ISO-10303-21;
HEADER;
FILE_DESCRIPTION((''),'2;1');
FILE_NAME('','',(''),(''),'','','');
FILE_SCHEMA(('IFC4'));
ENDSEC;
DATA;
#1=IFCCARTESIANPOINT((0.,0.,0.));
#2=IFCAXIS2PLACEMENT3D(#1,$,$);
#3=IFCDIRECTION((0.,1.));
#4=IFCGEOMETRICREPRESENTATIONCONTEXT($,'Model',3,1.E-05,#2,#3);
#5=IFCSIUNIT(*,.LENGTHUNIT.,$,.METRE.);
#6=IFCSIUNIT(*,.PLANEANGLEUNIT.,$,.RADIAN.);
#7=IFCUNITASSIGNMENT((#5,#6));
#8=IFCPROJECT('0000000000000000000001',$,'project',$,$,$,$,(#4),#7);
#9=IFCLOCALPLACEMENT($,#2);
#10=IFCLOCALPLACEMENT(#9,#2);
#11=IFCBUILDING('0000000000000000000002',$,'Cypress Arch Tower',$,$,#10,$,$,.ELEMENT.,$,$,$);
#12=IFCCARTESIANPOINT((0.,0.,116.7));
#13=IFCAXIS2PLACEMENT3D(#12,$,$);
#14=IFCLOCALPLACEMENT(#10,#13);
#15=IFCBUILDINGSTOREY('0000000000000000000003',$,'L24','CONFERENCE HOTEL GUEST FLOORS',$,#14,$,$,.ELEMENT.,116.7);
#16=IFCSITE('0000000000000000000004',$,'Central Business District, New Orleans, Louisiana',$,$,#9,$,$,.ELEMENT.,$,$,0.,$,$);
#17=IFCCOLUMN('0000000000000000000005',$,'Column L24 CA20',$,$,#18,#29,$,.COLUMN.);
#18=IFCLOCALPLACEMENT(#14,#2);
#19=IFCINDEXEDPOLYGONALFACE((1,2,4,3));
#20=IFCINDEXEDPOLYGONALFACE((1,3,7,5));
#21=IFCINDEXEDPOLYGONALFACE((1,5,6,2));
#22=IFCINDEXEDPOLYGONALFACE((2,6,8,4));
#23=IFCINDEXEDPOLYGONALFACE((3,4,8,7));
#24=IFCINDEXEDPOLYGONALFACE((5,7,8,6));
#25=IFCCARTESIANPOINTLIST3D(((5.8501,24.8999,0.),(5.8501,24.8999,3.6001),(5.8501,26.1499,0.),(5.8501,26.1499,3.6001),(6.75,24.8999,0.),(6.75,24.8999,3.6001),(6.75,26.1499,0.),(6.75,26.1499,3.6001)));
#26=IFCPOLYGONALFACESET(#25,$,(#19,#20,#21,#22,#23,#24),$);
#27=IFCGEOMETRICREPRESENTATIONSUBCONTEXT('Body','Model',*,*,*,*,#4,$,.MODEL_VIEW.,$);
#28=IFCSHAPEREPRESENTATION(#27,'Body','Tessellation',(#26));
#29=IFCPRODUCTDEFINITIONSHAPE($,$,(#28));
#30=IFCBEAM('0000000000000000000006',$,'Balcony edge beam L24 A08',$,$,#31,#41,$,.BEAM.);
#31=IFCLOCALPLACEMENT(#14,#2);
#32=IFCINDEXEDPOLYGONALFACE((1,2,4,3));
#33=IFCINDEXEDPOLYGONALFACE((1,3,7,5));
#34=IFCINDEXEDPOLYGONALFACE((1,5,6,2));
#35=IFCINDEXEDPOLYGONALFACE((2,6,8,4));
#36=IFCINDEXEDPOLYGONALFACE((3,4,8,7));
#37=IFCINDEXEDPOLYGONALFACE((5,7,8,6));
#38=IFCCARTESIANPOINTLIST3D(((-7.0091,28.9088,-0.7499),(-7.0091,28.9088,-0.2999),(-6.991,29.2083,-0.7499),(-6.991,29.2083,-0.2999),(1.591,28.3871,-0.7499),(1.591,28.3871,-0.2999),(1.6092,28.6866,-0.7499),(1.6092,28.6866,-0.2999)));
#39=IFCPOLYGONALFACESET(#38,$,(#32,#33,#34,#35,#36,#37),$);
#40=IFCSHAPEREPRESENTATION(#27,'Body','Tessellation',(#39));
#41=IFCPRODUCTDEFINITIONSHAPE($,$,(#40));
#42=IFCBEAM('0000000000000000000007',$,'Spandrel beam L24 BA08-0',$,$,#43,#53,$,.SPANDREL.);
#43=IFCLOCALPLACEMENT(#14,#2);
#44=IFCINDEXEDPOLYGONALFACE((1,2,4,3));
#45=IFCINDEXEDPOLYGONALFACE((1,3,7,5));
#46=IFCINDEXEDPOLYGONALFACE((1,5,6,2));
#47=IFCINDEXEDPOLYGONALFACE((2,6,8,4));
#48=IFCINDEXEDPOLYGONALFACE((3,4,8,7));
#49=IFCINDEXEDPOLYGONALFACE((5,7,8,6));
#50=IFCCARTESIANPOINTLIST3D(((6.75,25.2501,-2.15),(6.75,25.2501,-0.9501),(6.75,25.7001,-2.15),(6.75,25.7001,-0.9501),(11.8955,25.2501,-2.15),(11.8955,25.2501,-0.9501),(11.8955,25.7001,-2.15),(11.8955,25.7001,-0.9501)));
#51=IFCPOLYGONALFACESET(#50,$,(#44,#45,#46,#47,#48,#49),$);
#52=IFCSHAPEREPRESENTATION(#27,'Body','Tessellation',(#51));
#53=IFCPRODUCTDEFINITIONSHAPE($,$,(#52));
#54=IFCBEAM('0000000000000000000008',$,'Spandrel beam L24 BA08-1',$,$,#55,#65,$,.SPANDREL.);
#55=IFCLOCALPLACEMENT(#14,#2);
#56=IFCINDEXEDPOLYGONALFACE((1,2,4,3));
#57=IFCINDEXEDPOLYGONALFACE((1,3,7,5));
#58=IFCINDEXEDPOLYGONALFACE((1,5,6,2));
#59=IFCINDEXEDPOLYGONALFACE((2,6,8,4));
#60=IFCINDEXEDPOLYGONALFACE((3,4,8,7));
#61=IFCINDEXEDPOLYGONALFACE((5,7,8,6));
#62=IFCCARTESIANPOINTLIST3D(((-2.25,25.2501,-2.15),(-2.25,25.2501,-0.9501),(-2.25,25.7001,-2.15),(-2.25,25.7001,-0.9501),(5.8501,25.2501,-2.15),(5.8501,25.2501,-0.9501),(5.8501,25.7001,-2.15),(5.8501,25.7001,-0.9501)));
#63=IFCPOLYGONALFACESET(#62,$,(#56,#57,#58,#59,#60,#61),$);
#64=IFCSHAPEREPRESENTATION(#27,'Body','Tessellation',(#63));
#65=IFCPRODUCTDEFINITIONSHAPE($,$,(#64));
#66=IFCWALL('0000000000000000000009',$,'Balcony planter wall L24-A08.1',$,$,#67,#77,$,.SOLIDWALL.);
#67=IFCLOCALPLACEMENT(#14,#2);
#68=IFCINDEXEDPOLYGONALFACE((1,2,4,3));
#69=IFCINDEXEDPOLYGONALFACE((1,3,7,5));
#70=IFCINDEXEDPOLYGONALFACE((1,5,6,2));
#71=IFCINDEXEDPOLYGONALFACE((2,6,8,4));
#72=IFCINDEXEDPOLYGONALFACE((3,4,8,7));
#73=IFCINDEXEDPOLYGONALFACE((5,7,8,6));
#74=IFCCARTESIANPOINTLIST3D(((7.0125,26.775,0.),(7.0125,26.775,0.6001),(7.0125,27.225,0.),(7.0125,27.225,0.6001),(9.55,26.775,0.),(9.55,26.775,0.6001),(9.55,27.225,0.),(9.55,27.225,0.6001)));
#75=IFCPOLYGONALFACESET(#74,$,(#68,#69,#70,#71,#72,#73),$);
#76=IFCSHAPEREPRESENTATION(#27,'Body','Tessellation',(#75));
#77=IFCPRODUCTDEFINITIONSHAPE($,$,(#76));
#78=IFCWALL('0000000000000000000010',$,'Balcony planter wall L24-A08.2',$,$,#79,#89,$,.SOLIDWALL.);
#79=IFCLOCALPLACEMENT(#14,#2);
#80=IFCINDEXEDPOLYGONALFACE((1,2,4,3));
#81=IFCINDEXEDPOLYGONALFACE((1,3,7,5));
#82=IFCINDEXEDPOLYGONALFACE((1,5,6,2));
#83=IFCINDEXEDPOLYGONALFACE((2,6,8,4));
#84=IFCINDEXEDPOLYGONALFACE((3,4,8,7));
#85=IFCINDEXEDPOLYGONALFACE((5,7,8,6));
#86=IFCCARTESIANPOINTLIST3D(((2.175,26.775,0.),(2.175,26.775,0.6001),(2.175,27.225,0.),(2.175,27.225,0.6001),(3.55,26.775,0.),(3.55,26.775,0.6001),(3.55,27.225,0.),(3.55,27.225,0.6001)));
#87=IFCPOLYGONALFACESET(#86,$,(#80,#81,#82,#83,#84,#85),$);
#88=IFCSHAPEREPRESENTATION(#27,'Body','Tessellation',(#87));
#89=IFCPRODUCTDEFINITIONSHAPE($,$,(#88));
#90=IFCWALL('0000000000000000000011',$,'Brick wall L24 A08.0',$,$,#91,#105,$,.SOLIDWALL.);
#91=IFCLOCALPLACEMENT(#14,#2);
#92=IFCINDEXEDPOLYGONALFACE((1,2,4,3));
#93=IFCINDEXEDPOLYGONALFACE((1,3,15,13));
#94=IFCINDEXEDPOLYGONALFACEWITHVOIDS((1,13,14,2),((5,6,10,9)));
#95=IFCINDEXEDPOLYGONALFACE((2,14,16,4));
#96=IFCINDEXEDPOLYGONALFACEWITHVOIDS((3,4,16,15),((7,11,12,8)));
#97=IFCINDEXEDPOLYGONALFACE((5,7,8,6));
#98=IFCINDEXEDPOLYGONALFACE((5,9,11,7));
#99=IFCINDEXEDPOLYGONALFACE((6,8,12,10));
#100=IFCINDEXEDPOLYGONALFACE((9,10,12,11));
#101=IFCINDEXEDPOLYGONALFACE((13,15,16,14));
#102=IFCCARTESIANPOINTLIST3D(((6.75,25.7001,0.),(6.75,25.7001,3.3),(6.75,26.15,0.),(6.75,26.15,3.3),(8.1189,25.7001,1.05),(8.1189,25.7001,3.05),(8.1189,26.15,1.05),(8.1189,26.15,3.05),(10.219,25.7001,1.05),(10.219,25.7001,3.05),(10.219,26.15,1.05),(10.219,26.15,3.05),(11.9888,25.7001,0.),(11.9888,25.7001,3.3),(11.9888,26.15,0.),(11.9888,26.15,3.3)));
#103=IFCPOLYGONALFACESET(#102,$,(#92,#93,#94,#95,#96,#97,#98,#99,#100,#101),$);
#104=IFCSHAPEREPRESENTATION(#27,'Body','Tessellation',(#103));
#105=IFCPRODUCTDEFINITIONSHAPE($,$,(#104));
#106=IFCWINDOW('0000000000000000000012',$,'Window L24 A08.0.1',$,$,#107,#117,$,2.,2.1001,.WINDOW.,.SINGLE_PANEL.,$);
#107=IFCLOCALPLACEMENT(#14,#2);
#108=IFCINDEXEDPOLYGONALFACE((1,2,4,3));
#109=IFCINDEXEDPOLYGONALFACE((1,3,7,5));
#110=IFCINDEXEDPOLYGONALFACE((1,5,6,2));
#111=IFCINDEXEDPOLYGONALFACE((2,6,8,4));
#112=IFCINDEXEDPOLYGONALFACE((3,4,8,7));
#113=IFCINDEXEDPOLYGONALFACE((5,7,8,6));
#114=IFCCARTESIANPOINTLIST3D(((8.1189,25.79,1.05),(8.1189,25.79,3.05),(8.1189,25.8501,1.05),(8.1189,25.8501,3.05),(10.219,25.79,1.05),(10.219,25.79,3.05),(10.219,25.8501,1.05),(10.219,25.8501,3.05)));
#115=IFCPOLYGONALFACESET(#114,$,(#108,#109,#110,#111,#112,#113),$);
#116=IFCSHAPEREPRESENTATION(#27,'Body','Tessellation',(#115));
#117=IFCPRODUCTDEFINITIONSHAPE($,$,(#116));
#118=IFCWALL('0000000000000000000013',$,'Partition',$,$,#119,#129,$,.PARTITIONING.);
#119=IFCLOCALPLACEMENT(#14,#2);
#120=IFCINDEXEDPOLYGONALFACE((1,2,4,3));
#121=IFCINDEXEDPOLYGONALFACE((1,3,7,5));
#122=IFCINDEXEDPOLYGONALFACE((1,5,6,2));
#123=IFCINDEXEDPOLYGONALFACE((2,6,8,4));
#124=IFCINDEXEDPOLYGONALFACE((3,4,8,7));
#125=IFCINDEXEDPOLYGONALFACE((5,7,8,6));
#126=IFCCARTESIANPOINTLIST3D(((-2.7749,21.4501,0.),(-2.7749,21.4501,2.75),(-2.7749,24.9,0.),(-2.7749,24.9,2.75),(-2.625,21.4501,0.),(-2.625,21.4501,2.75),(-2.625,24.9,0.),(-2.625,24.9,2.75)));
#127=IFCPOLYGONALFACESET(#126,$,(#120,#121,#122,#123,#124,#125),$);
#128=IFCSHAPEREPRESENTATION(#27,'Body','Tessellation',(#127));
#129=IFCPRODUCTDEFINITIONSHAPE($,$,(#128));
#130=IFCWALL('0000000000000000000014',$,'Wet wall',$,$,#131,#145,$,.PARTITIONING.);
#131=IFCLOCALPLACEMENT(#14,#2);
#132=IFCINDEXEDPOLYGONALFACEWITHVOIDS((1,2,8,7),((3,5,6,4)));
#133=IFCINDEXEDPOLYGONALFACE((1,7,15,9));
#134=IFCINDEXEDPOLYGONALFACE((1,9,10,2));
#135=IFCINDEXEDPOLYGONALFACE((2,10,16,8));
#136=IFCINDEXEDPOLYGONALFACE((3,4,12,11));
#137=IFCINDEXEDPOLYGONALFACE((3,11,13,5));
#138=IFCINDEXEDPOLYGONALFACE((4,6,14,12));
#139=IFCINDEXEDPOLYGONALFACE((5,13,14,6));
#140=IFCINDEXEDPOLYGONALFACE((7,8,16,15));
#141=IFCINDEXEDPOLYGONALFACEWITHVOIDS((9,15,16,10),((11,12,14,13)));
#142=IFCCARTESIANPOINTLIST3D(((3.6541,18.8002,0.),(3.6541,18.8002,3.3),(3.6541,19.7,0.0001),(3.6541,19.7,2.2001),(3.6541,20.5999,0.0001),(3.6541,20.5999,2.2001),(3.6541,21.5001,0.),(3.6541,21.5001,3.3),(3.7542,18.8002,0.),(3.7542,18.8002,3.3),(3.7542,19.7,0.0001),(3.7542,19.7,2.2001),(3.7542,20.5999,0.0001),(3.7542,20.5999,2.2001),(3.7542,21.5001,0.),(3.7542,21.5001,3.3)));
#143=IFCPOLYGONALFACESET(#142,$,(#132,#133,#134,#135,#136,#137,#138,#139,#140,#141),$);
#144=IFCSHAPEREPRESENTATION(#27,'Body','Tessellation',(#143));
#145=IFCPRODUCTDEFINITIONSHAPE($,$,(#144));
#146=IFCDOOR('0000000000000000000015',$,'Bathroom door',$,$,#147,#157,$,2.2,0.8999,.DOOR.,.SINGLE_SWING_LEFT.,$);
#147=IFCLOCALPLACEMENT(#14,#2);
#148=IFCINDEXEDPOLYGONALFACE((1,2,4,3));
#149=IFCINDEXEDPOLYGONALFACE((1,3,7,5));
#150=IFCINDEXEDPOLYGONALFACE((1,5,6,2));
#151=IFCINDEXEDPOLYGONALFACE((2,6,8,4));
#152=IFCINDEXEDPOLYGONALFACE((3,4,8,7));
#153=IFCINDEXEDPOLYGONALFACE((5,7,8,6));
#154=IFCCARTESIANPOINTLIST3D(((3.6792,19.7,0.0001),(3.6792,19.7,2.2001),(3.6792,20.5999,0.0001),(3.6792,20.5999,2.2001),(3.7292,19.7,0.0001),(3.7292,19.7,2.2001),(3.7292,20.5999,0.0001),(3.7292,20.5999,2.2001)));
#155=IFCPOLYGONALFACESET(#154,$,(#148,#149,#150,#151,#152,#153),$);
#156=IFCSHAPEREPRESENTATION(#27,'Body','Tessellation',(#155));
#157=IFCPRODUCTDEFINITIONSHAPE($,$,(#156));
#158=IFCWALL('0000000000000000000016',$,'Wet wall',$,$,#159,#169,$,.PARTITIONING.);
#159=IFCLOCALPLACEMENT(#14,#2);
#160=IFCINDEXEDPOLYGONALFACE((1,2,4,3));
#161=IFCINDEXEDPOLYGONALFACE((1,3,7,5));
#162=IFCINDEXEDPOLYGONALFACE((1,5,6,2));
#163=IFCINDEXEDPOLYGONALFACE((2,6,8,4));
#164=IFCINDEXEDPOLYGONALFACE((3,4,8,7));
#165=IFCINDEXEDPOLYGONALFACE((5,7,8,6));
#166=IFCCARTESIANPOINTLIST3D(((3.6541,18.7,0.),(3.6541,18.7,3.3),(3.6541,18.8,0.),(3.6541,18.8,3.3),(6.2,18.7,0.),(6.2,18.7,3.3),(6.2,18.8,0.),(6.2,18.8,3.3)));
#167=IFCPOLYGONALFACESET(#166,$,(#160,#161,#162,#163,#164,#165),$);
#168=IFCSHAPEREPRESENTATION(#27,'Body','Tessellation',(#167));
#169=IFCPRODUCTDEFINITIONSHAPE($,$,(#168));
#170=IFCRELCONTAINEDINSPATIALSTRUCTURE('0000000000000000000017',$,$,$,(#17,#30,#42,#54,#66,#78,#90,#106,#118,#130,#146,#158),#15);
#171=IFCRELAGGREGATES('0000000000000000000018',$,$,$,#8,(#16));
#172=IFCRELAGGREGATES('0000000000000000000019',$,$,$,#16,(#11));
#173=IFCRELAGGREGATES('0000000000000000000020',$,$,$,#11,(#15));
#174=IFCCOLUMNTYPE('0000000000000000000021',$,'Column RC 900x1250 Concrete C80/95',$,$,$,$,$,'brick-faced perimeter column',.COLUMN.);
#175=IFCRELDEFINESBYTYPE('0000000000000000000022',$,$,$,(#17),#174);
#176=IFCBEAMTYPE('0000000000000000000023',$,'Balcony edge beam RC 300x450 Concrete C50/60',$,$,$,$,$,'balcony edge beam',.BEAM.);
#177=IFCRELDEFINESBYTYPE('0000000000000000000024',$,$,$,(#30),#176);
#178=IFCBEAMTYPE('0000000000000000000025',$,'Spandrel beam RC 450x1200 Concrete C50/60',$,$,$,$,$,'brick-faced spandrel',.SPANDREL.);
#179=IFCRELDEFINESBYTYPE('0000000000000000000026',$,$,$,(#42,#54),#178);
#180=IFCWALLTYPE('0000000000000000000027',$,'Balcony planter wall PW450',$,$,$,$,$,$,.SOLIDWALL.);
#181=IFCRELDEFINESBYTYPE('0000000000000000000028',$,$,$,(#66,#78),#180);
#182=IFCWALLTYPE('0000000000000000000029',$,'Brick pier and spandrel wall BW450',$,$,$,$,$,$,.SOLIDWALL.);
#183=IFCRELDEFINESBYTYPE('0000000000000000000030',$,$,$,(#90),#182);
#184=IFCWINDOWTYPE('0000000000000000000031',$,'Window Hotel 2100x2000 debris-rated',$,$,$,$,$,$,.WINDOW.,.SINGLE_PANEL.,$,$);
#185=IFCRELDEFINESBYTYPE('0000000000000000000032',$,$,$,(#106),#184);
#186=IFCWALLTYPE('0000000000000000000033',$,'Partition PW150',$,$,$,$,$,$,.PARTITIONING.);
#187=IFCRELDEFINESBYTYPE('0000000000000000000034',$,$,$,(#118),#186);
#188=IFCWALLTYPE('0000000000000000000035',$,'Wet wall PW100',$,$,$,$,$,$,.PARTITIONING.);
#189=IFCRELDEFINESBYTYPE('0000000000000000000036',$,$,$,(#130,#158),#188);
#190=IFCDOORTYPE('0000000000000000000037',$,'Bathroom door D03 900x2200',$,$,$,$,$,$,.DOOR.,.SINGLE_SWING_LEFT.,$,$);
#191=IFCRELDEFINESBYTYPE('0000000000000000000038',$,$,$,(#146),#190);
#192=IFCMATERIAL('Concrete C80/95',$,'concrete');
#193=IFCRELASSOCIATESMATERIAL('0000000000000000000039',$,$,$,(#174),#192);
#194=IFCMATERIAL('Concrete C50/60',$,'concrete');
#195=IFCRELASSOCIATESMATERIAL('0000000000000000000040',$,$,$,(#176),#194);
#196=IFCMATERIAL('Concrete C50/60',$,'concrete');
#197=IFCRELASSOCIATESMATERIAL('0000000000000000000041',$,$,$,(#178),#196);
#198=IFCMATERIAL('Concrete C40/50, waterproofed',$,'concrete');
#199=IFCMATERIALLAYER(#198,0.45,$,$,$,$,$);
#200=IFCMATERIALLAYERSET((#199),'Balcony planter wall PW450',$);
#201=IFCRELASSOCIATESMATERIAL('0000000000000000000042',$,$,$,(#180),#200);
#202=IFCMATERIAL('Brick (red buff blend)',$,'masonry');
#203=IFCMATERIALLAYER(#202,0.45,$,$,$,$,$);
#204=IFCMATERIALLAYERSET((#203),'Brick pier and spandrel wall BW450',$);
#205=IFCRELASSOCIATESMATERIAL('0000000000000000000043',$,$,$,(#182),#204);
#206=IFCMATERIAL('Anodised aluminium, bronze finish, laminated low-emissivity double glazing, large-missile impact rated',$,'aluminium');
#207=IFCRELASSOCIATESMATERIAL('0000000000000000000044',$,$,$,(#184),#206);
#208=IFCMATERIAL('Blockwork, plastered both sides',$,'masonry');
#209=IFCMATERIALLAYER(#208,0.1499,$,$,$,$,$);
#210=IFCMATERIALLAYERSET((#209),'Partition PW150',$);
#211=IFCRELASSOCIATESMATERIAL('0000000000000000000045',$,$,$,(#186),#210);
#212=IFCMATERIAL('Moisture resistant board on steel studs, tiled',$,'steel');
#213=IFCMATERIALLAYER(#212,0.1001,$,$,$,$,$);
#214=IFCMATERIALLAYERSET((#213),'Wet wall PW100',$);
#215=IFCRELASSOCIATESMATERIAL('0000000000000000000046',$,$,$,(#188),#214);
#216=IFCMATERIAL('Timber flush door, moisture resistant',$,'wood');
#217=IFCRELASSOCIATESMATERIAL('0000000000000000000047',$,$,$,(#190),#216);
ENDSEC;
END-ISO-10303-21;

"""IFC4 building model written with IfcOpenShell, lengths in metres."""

from ifc_helpers import new_model, si_unit, direction, frame, frame_2d, origin, origin_2d, place, context, subcontext, project, spatial, rectangle, extrude, material, layer, layer_set, material_profile, profile_set, type_object, element, fill, save


model = new_model("IFC4")

# Units and contexts
model_context = context("Model", 3, precision=1e-05, world=origin(), true_north=direction((0.0, 1.0)))
body_context = subcontext(model_context, "Body", "Model", "MODEL_VIEW")
ifc_project = project(units=[si_unit("LENGTHUNIT", "METRE"), si_unit("PLANEANGLEUNIT", "RADIAN")], contexts=[model_context])

# Site, building, storey
site_placement = place(None, origin())
site = spatial("IfcSite", under=ifc_project, at=site_placement, Name="Central Business District, New Orleans, Louisiana", CompositionType="ELEMENT", RefElevation=0.0)
building_placement = place(site_placement, origin())
building = spatial("IfcBuilding", under=site, at=building_placement, Name="Cypress Arch Tower", CompositionType="ELEMENT")
storey_placement = place(building_placement, frame((0.0, 0.0, 116.7)))
storey = spatial("IfcBuildingStorey", under=building, at=storey_placement, Name="L24", Description="CONFERENCE HOTEL GUEST FLOORS", CompositionType="ELEMENT", Elevation=116.7)

# Column
ifc_material_1 = material(Name="Concrete C80/95", Category="concrete")
ifc_material_profile_1 = material_profile(ifc_material_1, rectangle(XDim=0.8999, YDim=1.25, at=origin_2d()), Name="RC 900x1250")
ifc_profile_set_1 = profile_set([ifc_material_profile_1], Name="Concrete C80/95")
column_type = type_object("IfcColumnType", Name="Column RC 900x1250 Concrete C80/95", ElementType="brick-faced perimeter column", PredefinedType="COLUMN", material=ifc_profile_set_1)
column_placement = place(storey_placement, frame((6.3, 25.5249, 0.0), z_axis=(0.0, 0.0, 1.0), x_axis=(-1.0, 0.0, 0.0)))
element("IfcColumn", 1, at=column_placement, inside=storey, type_object=column_type, Name="Column L24 CA20", PredefinedType="COLUMN", context=body_context, shape_type="SweptSolid", body=[
    extrude(rectangle(XDim=0.8999, YDim=1.25, at=origin_2d()), origin(), (0.0, 0.0, 1.0), 3.6001),
])

# Beams
ifc_material_2 = material(Name="Concrete C50/60", Category="concrete")
ifc_material_profile_2 = material_profile(ifc_material_2, rectangle(XDim=0.3, YDim=0.45, at=origin_2d()), Name="RC 300x450")
ifc_profile_set_2 = profile_set([ifc_material_profile_2], Name="Concrete C50/60")
beam_type_1 = type_object("IfcBeamType", Name="Balcony edge beam RC 300x450 Concrete C50/60", ElementType="balcony edge beam", PredefinedType="BEAM", material=ifc_profile_set_2)
beam_1_placement = place(storey_placement, frame((1.6001, 28.5369, -0.5249), z_axis=(-0.998165, 0.060554, 0.0), x_axis=(-0.060554, -0.998165, 0.0)))
element("IfcBeam", 2, at=beam_1_placement, inside=storey, type_object=beam_type_1, Name="Balcony edge beam L24 A08", PredefinedType="BEAM", context=body_context, shape_type="SweptSolid", body=[
    extrude(rectangle(XDim=0.3, YDim=0.45, at=origin_2d()), origin(), (0.0, 0.0, 1.0), 8.616),
])
ifc_material_3 = material(Name="Concrete C50/60", Category="concrete")
ifc_material_profile_3 = material_profile(ifc_material_3, rectangle(XDim=0.45, YDim=1.2, at=origin_2d()), Name="RC 450x1200")
ifc_profile_set_3 = profile_set([ifc_material_profile_3], Name="Concrete C50/60")
beam_type_2 = type_object("IfcBeamType", Name="Spandrel beam RC 450x1200 Concrete C50/60", ElementType="brick-faced spandrel", PredefinedType="SPANDREL", material=ifc_profile_set_3)
beam_2_placement = place(storey_placement, frame((11.8955, 25.4751, -1.55), z_axis=(-1.0, 0.0, 0.0), x_axis=(0.0, -1.0, 0.0)))
element("IfcBeam", 3, at=beam_2_placement, inside=storey, type_object=beam_type_2, Name="Spandrel beam L24 BA08-0", PredefinedType="SPANDREL", context=body_context, shape_type="SweptSolid", body=[
    extrude(rectangle(XDim=0.45, YDim=1.2, at=origin_2d()), origin(), (0.0, 0.0, 1.0), 5.1455),
])
beam_3_placement = place(storey_placement, frame((5.8501, 25.4751, -1.55), z_axis=(-1.0, 0.0, 0.0), x_axis=(0.0, -1.0, 0.0)))
element("IfcBeam", 4, at=beam_3_placement, inside=storey, type_object=beam_type_2, Name="Spandrel beam L24 BA08-1", PredefinedType="SPANDREL", context=body_context, shape_type="SweptSolid", body=[
    extrude(rectangle(XDim=0.45, YDim=1.2, at=origin_2d()), origin(), (0.0, 0.0, 1.0), 8.1001),
])

# Walls
ifc_material_4 = material(Name="Concrete C40/50, waterproofed", Category="concrete")
ifc_layer_1 = layer(ifc_material_4, 0.45)
ifc_layer_set_1 = layer_set([ifc_layer_1], Name="Balcony planter wall PW450")
wall_type_1 = type_object("IfcWallType", Name="Balcony planter wall PW450", PredefinedType="SOLIDWALL", material=ifc_layer_set_1)
wall_1_placement = place(storey_placement, frame((9.55, 27.0, 0.0), z_axis=(0.0, 0.0, 1.0), x_axis=(-1.0, 0.0, 0.0)))
element("IfcWall", 5, at=wall_1_placement, inside=storey, type_object=wall_type_1, Name="Balcony planter wall L24-A08.1", PredefinedType="SOLIDWALL", context=body_context, shape_type="SweptSolid", body=[
    extrude(rectangle(XDim=2.5376, YDim=0.45, at=frame_2d((1.2688, 0.0))), origin(), (0.0, 0.0, 1.0), 0.6001),
])
wall_2_placement = place(storey_placement, frame((3.55, 27.0, 0.0), z_axis=(0.0, 0.0, 1.0), x_axis=(-1.0, 0.0, 0.0)))
element("IfcWall", 6, at=wall_2_placement, inside=storey, type_object=wall_type_1, Name="Balcony planter wall L24-A08.2", PredefinedType="SOLIDWALL", context=body_context, shape_type="SweptSolid", body=[
    extrude(rectangle(XDim=1.375, YDim=0.45, at=frame_2d((0.6875, 0.0))), origin(), (0.0, 0.0, 1.0), 0.6001),
])

# Wall, opening, window
ifc_material_5 = material(Name="Brick (red buff blend)", Category="masonry")
ifc_layer_2 = layer(ifc_material_5, 0.45)
ifc_layer_set_2 = layer_set([ifc_layer_2], Name="Brick pier and spandrel wall BW450")
wall_type_2 = type_object("IfcWallType", Name="Brick pier and spandrel wall BW450", PredefinedType="SOLIDWALL", material=ifc_layer_set_2)
wall_3_placement = place(storey_placement, frame((11.9888, 25.925, 0.0), z_axis=(0.0, 0.0, 1.0), x_axis=(-1.0, 0.0, 0.0)))
wall_3 = element("IfcWall", 7, at=wall_3_placement, inside=storey, type_object=wall_type_2, Name="Brick wall L24 A08.0", PredefinedType="SOLIDWALL", context=body_context, shape_type="SweptSolid", body=[
    extrude(rectangle(XDim=5.2388, YDim=0.45, at=frame_2d((2.6194, 0.0))), origin(), (0.0, 0.0, 1.0), 3.3),
])
opening_1_placement = place(wall_3_placement, frame((1.7698, 0.0, 1.05)))
opening_1 = element("IfcOpeningElement", 8, at=opening_1_placement, cuts=wall_3, PredefinedType="OPENING", context=body_context, shape_type="SweptSolid", body=[
    extrude(rectangle(XDim=2.1001, YDim=2.0, at=frame_2d((1.05, 1.0))), frame((0.0, 0.2349, 0.0), z_axis=(0.0, -1.0, 0.0), x_axis=(1.0, 0.0, 0.0)), (0.0, 0.0, 1.0), 0.47),
])
ifc_material_6 = material(Name="Anodised aluminium, bronze finish, laminated low-emissivity double glazing, large-missile impact rated", Category="aluminium")
window_type_1 = type_object("IfcWindowType", Name="Window Hotel 2100x2000 debris-rated", PartitioningType="SINGLE_PANEL", PredefinedType="WINDOW", material=ifc_material_6)
window_1_placement = place(opening_1_placement, origin())
window_1 = element("IfcWindow", 9, at=window_1_placement, inside=storey, type_object=window_type_1, Name="Window L24 A08.0.1", OverallHeight=2.0, OverallWidth=2.1001, PartitioningType="SINGLE_PANEL", PredefinedType="WINDOW", context=body_context, shape_type="SweptSolid", body=[
    extrude(rectangle(XDim=2.1001, YDim=2.0, at=frame_2d((1.05, 1.0))), frame((0.0, 0.135, 0.0), z_axis=(0.0, -1.0, 0.0), x_axis=(1.0, 0.0, 0.0)), (0.0, 0.0, 1.0), 0.0601),
])
fill(opening_1, window_1)

# Wall
ifc_material_7 = material(Name="Blockwork, plastered both sides", Category="masonry")
ifc_layer_3 = layer(ifc_material_7, 0.1499)
ifc_layer_set_3 = layer_set([ifc_layer_3], Name="Partition PW150")
wall_type_3 = type_object("IfcWallType", Name="Partition PW150", PredefinedType="PARTITIONING", material=ifc_layer_set_3)
wall_4_placement = place(storey_placement, frame((-2.7, 21.45, 0.0), z_axis=(0.0, 0.0, 1.0), x_axis=(0.0, 1.0, 0.0)))
element("IfcWall", 10, at=wall_4_placement, inside=storey, type_object=wall_type_3, Name="Partition", PredefinedType="PARTITIONING", context=body_context, shape_type="SweptSolid", body=[
    extrude(rectangle(XDim=3.45, YDim=0.1499, at=frame_2d((1.7251, 0.0))), origin(), (0.0, 0.0, 1.0), 2.75),
])

# Wall, opening, door
ifc_material_8 = material(Name="Moisture resistant board on steel studs, tiled", Category="steel")
ifc_layer_4 = layer(ifc_material_8, 0.1001)
ifc_layer_set_4 = layer_set([ifc_layer_4], Name="Wet wall PW100")
wall_type_4 = type_object("IfcWallType", Name="Wet wall PW100", PredefinedType="PARTITIONING", material=ifc_layer_set_4)
wall_5_placement = place(storey_placement, frame((3.7041, 18.8, 0.0), z_axis=(0.0, 0.0, 1.0), x_axis=(0.0, 1.0, 0.0)))
wall_5 = element("IfcWall", 11, at=wall_5_placement, inside=storey, type_object=wall_type_4, Name="Wet wall", PredefinedType="PARTITIONING", context=body_context, shape_type="SweptSolid", body=[
    extrude(rectangle(XDim=2.7, YDim=0.1001, at=frame_2d((1.3501, 0.0))), origin(), (0.0, 0.0, 1.0), 3.3),
])
opening_2_placement = place(wall_5_placement, frame((0.8999, 0.0, 0.0)))
opening_2 = element("IfcOpeningElement", 12, at=opening_2_placement, cuts=wall_5, PredefinedType="OPENING", context=body_context, shape_type="SweptSolid", body=[
    extrude(rectangle(XDim=0.8999, YDim=2.2, at=frame_2d((0.45, 1.1001))), frame((0.0, 0.0601, 0.0), z_axis=(0.0, -1.0, 0.0), x_axis=(1.0, 0.0, 0.0)), (0.0, 0.0, 1.0), 0.1201),
])
ifc_material_9 = material(Name="Timber flush door, moisture resistant", Category="wood")
door_type_1 = type_object("IfcDoorType", Name="Bathroom door D03 900x2200", OperationType="SINGLE_SWING_LEFT", PredefinedType="DOOR", material=ifc_material_9)
door_1_placement = place(opening_2_placement, origin())
door_1 = element("IfcDoor", 13, at=door_1_placement, inside=storey, type_object=door_type_1, Name="Bathroom door", OperationType="SINGLE_SWING_LEFT", OverallHeight=2.2, OverallWidth=0.8999, PredefinedType="DOOR", context=body_context, shape_type="SweptSolid", body=[
    extrude(rectangle(XDim=0.8999, YDim=2.2, at=frame_2d((0.45, 1.1001))), frame((0.0, 0.0249, 0.0), z_axis=(0.0, -1.0, 0.0), x_axis=(1.0, 0.0, 0.0)), (0.0, 0.0, 1.0), 0.05),
])
fill(opening_2, door_1)

# Wall
for number, where, z_axis, x_axis, name in (
    (14, (3.6541, 18.75, 0.0), (0.0, 0.0, 1.0), (1.0, 0.0, 0.0), "Wet wall"),
):
    element("IfcWall", number, at=place(storey_placement, frame(where, z_axis=z_axis, x_axis=x_axis)), inside=storey, type_object=wall_type_4, Name=name, PredefinedType="PARTITIONING", context=body_context, shape_type="SweptSolid", body=[
        extrude(rectangle(XDim=2.5459, YDim=0.1001, at=frame_2d((1.2729, 0.0))), origin(), (0.0, 0.0, 1.0), 3.3),
    ])

save(model, "model.ifc")
